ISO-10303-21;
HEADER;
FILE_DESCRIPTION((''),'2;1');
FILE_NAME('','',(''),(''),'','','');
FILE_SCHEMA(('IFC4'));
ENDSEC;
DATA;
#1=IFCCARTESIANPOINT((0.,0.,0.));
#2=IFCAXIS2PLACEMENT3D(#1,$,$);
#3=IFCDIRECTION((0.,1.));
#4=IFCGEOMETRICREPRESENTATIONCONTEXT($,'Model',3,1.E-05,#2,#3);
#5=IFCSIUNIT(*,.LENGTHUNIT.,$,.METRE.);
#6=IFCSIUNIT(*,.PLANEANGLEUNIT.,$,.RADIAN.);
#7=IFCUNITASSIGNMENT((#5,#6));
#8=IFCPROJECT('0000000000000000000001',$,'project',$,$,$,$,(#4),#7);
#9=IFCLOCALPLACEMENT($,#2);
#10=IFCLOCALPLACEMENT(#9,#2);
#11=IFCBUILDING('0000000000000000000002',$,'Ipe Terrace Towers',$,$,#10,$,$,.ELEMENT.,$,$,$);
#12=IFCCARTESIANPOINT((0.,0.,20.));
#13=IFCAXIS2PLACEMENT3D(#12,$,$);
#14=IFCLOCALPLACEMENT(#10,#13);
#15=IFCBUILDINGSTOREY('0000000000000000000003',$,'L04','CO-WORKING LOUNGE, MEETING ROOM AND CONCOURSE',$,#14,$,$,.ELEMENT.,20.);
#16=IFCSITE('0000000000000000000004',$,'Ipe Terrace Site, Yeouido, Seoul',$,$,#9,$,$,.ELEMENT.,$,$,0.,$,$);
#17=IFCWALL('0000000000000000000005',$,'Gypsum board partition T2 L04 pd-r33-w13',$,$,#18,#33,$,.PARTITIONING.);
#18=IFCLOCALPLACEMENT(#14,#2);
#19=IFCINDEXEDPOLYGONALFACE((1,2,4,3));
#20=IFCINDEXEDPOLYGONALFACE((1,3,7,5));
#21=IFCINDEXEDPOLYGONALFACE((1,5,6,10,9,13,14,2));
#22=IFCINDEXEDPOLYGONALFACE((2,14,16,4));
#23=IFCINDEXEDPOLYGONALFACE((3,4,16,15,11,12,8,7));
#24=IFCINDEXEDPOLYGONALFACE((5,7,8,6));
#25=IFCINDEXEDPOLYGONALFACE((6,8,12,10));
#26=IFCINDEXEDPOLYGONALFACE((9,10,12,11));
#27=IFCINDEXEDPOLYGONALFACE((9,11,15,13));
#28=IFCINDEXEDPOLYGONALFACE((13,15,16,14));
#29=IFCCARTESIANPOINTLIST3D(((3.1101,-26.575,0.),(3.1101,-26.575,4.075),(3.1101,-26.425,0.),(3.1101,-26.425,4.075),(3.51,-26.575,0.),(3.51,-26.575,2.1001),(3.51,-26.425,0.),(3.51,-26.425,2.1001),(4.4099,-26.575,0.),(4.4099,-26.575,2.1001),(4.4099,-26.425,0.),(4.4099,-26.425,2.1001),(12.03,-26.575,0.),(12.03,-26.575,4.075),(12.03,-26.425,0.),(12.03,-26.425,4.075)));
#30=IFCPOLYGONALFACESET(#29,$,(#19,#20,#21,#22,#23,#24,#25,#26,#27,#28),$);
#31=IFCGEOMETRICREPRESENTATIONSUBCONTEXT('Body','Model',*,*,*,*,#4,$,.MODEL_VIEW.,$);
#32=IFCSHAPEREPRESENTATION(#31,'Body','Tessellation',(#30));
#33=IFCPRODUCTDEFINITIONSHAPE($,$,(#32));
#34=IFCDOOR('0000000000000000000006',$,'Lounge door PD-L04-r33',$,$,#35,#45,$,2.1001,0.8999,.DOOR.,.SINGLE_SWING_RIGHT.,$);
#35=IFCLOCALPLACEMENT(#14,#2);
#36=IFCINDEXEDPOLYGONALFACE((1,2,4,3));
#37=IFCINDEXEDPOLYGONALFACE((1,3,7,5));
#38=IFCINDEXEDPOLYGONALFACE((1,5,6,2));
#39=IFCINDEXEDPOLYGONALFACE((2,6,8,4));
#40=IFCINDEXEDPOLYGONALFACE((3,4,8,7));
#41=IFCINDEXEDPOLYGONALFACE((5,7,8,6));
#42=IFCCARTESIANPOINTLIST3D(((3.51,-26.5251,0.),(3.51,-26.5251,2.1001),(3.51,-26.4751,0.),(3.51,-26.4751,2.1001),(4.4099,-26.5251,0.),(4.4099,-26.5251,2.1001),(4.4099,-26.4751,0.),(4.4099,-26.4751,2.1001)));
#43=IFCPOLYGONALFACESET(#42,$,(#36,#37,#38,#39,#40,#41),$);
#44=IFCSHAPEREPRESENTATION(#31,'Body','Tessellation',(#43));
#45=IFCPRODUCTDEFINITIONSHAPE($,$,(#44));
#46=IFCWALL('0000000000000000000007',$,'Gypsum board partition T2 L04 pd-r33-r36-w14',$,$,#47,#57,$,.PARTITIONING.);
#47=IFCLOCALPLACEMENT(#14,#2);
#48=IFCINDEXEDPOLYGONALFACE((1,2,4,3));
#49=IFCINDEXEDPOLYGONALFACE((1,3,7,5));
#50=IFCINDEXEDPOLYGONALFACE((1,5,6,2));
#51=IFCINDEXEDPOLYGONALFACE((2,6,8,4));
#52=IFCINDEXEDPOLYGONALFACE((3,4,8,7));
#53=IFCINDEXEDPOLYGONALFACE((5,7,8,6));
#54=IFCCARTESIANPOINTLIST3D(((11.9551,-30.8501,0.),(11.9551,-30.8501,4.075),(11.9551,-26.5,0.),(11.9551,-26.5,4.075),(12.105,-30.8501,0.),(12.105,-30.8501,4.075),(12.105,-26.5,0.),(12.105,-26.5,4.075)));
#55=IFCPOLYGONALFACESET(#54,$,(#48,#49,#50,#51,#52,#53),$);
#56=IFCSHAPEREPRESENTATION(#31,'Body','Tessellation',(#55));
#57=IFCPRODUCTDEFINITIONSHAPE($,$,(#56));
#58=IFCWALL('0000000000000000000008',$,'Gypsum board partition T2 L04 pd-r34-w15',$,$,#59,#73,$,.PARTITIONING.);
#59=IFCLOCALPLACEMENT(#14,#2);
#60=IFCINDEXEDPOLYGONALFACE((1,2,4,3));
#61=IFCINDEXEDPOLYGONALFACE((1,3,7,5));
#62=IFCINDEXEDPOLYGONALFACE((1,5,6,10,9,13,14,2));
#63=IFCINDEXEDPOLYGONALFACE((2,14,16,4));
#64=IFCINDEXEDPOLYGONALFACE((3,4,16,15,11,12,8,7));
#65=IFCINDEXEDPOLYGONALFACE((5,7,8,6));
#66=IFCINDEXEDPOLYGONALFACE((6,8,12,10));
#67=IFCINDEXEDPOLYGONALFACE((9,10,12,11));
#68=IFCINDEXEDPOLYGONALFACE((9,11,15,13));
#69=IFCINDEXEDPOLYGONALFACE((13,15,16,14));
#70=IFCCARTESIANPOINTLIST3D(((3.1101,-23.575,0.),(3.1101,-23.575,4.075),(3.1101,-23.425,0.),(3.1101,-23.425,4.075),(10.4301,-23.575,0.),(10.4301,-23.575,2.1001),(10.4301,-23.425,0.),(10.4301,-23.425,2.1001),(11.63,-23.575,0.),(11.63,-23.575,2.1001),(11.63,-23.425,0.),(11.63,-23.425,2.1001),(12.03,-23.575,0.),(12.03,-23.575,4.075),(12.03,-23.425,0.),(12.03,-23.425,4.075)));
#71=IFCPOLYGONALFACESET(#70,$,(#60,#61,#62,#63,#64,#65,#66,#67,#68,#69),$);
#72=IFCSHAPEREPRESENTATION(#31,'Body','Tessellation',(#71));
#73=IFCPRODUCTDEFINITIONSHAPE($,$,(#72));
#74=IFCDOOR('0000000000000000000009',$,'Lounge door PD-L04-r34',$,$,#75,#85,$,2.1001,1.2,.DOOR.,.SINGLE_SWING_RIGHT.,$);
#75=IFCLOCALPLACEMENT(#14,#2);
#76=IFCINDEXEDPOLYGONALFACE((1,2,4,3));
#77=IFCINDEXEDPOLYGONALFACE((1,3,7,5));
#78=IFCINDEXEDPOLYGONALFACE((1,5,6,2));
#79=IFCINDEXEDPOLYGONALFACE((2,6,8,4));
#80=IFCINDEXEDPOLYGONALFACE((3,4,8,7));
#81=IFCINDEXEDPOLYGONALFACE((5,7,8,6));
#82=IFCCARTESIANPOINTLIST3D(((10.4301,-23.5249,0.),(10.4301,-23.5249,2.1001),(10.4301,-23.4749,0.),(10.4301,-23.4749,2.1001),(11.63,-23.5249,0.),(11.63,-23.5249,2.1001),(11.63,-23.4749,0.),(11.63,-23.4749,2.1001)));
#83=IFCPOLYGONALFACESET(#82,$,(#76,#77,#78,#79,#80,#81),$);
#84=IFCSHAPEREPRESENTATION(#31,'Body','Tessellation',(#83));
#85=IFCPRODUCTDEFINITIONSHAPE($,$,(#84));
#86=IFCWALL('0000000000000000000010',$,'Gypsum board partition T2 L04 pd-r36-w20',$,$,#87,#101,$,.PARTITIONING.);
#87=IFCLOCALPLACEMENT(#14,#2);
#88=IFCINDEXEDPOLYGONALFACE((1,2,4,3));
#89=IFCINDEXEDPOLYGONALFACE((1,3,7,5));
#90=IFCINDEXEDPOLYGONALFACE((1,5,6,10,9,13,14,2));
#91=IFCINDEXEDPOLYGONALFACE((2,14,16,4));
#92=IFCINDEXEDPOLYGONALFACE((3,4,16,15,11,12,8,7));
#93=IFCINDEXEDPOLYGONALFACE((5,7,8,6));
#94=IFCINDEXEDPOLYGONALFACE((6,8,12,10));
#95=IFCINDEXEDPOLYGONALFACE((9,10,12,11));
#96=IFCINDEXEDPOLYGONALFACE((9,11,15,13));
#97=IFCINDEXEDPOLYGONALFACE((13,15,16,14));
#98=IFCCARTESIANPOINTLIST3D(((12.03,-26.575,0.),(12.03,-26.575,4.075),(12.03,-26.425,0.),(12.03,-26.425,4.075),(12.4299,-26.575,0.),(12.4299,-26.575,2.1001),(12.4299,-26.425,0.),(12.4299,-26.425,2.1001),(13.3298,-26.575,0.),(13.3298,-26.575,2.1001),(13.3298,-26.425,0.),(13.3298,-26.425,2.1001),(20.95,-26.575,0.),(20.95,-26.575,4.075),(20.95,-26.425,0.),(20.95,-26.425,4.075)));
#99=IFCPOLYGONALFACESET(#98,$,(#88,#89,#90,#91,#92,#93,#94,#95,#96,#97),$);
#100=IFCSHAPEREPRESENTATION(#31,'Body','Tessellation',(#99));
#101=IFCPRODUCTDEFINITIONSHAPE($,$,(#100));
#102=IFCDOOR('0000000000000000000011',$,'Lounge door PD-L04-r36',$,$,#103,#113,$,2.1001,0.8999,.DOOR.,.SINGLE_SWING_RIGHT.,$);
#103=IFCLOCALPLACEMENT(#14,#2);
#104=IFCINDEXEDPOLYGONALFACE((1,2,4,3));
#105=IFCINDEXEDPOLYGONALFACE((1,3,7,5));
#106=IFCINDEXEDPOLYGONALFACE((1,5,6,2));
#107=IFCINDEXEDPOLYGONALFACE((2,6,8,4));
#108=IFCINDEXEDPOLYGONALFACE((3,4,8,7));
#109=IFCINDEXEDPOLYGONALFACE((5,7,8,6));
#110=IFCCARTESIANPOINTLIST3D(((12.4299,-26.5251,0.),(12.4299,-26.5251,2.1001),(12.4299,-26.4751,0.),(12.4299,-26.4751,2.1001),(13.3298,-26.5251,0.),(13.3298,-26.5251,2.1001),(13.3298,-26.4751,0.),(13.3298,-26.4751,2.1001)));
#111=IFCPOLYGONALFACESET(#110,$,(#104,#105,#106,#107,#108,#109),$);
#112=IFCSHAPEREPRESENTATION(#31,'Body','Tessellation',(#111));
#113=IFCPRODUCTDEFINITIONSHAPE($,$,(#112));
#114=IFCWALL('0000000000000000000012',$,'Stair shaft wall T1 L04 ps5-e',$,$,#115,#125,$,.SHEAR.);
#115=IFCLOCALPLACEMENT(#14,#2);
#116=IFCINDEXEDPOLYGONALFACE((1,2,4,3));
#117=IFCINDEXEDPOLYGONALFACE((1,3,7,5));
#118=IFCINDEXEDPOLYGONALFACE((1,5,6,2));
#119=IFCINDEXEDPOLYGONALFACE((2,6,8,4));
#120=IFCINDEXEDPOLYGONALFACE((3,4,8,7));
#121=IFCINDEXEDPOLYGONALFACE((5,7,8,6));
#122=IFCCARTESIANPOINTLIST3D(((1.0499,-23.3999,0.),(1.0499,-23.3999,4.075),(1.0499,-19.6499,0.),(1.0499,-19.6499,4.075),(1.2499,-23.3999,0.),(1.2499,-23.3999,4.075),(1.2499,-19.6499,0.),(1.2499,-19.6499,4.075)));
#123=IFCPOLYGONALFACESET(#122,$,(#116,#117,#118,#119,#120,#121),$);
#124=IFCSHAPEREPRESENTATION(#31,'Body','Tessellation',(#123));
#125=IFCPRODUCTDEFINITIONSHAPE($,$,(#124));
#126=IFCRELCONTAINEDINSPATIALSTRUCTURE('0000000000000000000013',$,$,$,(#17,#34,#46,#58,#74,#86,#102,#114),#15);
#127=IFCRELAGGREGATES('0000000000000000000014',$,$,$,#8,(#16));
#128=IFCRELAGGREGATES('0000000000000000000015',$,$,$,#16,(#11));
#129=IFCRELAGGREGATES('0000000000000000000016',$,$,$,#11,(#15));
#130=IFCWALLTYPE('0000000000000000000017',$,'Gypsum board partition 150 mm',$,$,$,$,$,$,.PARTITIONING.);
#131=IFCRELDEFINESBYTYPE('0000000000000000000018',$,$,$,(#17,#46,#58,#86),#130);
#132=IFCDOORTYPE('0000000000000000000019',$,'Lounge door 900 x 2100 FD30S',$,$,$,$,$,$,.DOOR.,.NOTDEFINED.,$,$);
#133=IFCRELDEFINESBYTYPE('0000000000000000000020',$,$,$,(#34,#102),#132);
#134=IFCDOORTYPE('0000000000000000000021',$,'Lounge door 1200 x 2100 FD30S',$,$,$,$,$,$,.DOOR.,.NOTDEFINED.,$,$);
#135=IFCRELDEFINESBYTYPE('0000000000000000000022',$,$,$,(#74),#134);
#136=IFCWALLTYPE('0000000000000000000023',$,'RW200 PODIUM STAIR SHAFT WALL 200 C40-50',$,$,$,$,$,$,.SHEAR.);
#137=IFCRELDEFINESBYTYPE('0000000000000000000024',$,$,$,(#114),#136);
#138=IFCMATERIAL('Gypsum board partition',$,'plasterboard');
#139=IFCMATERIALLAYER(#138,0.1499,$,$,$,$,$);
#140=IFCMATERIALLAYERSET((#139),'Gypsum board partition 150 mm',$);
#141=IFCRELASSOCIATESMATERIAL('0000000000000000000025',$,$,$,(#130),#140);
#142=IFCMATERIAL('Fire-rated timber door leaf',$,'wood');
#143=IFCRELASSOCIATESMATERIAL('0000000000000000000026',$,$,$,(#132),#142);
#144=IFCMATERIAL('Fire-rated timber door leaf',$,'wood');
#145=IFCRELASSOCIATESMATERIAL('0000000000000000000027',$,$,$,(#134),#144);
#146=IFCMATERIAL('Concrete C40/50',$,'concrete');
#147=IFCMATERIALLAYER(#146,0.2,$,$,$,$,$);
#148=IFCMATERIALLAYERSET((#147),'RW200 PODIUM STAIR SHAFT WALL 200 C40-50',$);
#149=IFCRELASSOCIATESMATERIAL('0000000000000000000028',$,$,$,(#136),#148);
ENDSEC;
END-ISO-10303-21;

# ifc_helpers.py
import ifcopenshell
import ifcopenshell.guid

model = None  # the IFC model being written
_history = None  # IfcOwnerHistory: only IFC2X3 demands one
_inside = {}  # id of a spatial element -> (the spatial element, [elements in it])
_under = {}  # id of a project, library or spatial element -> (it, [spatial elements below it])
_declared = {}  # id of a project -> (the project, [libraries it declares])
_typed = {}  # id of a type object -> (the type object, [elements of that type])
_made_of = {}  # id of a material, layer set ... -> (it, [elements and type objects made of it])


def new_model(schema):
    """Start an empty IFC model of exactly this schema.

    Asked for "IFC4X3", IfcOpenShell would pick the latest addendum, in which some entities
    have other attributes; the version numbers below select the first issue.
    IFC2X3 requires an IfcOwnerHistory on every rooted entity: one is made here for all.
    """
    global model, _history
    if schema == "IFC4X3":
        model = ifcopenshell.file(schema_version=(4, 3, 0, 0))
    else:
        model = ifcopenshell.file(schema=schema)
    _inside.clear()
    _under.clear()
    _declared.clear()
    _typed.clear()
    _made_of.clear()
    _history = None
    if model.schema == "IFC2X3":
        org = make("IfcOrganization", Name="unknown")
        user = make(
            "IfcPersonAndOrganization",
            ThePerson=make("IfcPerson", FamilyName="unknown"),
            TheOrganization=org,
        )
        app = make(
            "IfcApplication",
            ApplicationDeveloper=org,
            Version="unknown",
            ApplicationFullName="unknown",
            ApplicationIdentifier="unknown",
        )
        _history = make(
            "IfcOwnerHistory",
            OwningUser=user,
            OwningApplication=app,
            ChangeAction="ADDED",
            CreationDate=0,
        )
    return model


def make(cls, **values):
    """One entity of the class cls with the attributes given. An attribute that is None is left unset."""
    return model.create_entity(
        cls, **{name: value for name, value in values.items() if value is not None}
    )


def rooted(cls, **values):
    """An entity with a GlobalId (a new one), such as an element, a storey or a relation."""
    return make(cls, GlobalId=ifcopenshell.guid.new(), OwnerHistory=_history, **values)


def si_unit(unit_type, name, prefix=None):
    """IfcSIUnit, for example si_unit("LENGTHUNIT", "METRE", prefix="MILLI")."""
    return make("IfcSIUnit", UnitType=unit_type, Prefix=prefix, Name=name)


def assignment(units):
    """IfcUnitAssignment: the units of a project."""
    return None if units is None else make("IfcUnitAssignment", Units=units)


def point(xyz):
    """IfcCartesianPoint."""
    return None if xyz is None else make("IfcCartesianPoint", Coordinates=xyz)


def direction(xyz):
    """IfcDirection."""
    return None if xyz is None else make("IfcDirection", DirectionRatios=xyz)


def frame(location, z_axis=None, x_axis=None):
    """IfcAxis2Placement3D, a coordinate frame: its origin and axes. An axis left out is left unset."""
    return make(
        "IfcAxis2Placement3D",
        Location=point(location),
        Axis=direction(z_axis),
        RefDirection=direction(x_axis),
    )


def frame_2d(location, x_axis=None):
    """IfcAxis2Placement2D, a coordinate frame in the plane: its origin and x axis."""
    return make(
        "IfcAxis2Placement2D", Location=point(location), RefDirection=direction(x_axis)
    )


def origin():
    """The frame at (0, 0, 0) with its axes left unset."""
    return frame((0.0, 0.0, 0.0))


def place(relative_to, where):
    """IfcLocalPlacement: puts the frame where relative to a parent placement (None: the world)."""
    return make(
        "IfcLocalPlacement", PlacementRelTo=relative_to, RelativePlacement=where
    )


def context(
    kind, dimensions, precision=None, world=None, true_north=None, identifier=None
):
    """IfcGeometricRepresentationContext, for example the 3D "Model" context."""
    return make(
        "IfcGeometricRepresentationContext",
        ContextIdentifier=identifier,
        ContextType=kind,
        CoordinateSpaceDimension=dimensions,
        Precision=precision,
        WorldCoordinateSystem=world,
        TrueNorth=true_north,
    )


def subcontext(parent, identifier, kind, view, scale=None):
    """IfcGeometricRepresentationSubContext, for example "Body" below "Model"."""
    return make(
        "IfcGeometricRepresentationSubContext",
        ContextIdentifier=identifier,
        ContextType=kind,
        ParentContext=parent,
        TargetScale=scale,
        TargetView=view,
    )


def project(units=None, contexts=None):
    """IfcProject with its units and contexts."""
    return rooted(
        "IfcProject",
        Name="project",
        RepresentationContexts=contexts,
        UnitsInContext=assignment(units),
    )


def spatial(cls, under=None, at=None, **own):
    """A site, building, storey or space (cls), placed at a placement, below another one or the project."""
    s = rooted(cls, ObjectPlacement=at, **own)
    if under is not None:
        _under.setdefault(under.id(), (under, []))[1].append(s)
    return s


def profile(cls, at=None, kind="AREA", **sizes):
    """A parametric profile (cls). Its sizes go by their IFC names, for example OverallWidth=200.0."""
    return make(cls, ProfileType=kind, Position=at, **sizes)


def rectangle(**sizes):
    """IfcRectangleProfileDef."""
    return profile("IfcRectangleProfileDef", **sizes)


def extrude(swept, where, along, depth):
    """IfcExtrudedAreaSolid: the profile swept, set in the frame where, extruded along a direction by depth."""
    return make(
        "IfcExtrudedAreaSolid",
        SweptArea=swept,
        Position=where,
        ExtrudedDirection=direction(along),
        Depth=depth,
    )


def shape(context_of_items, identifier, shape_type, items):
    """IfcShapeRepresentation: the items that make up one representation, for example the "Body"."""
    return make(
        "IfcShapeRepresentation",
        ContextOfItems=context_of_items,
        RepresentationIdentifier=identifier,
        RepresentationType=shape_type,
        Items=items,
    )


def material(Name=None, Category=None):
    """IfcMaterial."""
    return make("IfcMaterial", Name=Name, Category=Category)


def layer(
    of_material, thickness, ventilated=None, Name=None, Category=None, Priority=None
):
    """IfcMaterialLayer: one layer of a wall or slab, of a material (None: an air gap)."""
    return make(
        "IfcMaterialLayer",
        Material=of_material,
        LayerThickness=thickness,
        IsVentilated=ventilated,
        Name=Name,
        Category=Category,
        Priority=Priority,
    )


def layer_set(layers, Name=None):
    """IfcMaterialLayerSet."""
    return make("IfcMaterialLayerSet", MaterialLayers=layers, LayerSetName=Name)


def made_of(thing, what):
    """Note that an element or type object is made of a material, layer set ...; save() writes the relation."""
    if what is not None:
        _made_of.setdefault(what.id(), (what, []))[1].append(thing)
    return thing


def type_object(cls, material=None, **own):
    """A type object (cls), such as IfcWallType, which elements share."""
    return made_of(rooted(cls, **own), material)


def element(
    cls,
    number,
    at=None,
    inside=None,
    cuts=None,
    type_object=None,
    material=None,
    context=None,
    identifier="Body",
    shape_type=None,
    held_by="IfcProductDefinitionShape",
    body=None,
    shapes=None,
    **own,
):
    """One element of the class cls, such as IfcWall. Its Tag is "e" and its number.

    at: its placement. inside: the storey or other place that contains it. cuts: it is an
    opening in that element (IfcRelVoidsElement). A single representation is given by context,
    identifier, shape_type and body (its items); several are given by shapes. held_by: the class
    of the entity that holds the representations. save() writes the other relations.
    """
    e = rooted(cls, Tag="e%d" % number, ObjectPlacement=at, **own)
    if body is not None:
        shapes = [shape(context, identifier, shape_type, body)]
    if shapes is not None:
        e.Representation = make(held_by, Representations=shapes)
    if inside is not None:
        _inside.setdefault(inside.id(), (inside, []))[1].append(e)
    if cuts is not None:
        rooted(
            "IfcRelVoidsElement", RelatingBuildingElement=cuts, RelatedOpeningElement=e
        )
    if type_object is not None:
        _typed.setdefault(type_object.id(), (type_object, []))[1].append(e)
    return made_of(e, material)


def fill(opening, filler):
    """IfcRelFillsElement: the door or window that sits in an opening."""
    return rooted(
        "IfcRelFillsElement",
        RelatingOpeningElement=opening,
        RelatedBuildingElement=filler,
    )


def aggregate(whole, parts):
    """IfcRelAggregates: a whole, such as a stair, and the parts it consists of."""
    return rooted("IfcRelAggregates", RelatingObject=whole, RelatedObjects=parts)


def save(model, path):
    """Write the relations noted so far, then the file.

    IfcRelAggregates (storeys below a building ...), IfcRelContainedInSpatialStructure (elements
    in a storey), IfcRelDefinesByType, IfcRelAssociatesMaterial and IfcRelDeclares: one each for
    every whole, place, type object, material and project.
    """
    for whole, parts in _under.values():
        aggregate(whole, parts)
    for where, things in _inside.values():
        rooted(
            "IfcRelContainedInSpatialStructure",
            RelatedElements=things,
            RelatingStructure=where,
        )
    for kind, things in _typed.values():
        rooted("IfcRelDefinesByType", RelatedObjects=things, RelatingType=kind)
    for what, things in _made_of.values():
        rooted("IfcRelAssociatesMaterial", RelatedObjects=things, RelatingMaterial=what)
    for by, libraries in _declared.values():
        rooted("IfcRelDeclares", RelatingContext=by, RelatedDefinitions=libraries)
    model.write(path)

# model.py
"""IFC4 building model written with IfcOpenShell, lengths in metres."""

from ifc_helpers import new_model, si_unit, direction, frame, frame_2d, origin, place, context, subcontext, project, spatial, rectangle, extrude, material, layer, layer_set, type_object, element, fill, save


model = new_model("IFC4")

# Units and contexts
model_context = context("Model", 3, precision=1e-05, world=origin(), true_north=direction((0.0, 1.0)))
body_context = subcontext(model_context, "Body", "Model", "MODEL_VIEW")
ifc_project = project(units=[si_unit("LENGTHUNIT", "METRE"), si_unit("PLANEANGLEUNIT", "RADIAN")], contexts=[model_context])

# Site, building, storey
site_placement = place(None, origin())
site = spatial("IfcSite", under=ifc_project, at=site_placement, Name="Ipe Terrace Site, Yeouido, Seoul", CompositionType="ELEMENT", RefElevation=0.0)
building_placement = place(site_placement, origin())
building = spatial("IfcBuilding", under=site, at=building_placement, Name="Ipe Terrace Towers", CompositionType="ELEMENT")
storey_placement = place(building_placement, frame((0.0, 0.0, 20.0)))
storey = spatial("IfcBuildingStorey", under=building, at=storey_placement, Name="L04", Description="CO-WORKING LOUNGE, MEETING ROOM AND CONCOURSE", CompositionType="ELEMENT", Elevation=20.0)

# Shared definitions
ifc_material_1 = material(Name="Gypsum board partition", Category="plasterboard")
ifc_layer_1 = layer(ifc_material_1, 0.1499)
ifc_layer_set_1 = layer_set([ifc_layer_1], Name="Gypsum board partition 150 mm")
wall_type_1 = type_object("IfcWallType", Name="Gypsum board partition 150 mm", PredefinedType="PARTITIONING", material=ifc_layer_set_1)

# Wall, opening, door
wall_1_placement = place(storey_placement, frame((3.1101, -26.5, 0.0), z_axis=(0.0, 0.0, 1.0), x_axis=(1.0, 0.0, 0.0)))
wall_1 = element("IfcWall", 1, at=wall_1_placement, inside=storey, type_object=wall_type_1, Name="Gypsum board partition T2 L04 pd-r33-w13", PredefinedType="PARTITIONING", context=body_context, shape_type="SweptSolid", body=[
    extrude(rectangle(XDim=8.9199, YDim=0.1499, at=frame_2d((4.46, 0.0))), origin(), (0.0, 0.0, 1.0), 4.075),
])
opening_1_placement = place(wall_1_placement, frame((0.3999, 0.0, 0.0)))
opening_1 = element("IfcOpeningElement", 2, at=opening_1_placement, cuts=wall_1, PredefinedType="OPENING", context=body_context, shape_type="SweptSolid", body=[
    extrude(rectangle(XDim=0.8999, YDim=2.1001, at=frame_2d((0.45, 1.05))), frame((0.0, 0.085, 0.0), z_axis=(0.0, -1.0, 0.0), x_axis=(1.0, 0.0, 0.0)), (0.0, 0.0, 1.0), 0.1699),
])
ifc_material_2 = material(Name="Fire-rated timber door leaf", Category="wood")
door_type_1 = type_object("IfcDoorType", Name="Lounge door 900 x 2100 FD30S", OperationType="NOTDEFINED", PredefinedType="DOOR", material=ifc_material_2)
door_1_placement = place(opening_1_placement, origin())
door_1 = element("IfcDoor", 3, at=door_1_placement, inside=storey, type_object=door_type_1, Name="Lounge door PD-L04-r33", OperationType="SINGLE_SWING_RIGHT", OverallHeight=2.1001, OverallWidth=0.8999, PredefinedType="DOOR", context=body_context, shape_type="SweptSolid", body=[
    extrude(rectangle(XDim=0.8999, YDim=2.1001, at=frame_2d((0.45, 1.05))), frame((0.0, 0.0249, 0.0), z_axis=(0.0, -1.0, 0.0), x_axis=(1.0, 0.0, 0.0)), (0.0, 0.0, 1.0), 0.05),
])
fill(opening_1, door_1)

# Wall
wall_2_placement = place(storey_placement, frame((12.03, -26.5, 0.0), z_axis=(0.0, 0.0, 1.0), x_axis=(0.0, -1.0, 0.0)))
element("IfcWall", 4, at=wall_2_placement, inside=storey, type_object=wall_type_1, Name="Gypsum board partition T2 L04 pd-r33-r36-w14", PredefinedType="PARTITIONING", context=body_context, shape_type="SweptSolid", body=[
    extrude(rectangle(XDim=4.3501, YDim=0.1499, at=frame_2d((2.175, 0.0))), origin(), (0.0, 0.0, 1.0), 4.075),
])

# Walls, openings, doors
wall_3_placement = place(storey_placement, frame((12.03, -23.5, 0.0), z_axis=(0.0, 0.0, 1.0), x_axis=(-1.0, 0.0, 0.0)))
wall_3 = element("IfcWall", 5, at=wall_3_placement, inside=storey, type_object=wall_type_1, Name="Gypsum board partition T2 L04 pd-r34-w15", PredefinedType="PARTITIONING", context=body_context, shape_type="SweptSolid", body=[
    extrude(rectangle(XDim=8.9199, YDim=0.1499, at=frame_2d((4.46, 0.0))), origin(), (0.0, 0.0, 1.0), 4.075),
])
opening_2_placement = place(wall_3_placement, frame((0.3999, 0.0, 0.0)))
opening_2 = element("IfcOpeningElement", 6, at=opening_2_placement, cuts=wall_3, PredefinedType="OPENING", context=body_context, shape_type="SweptSolid", body=[
    extrude(rectangle(XDim=1.2, YDim=2.1001, at=frame_2d((0.6001, 1.05))), frame((0.0, 0.085, 0.0), z_axis=(0.0, -1.0, 0.0), x_axis=(1.0, 0.0, 0.0)), (0.0, 0.0, 1.0), 0.1699),
])
ifc_material_3 = material(Name="Fire-rated timber door leaf", Category="wood")
door_type_2 = type_object("IfcDoorType", Name="Lounge door 1200 x 2100 FD30S", OperationType="NOTDEFINED", PredefinedType="DOOR", material=ifc_material_3)
door_2_placement = place(opening_2_placement, origin())
door_2 = element("IfcDoor", 7, at=door_2_placement, inside=storey, type_object=door_type_2, Name="Lounge door PD-L04-r34", OperationType="SINGLE_SWING_RIGHT", OverallHeight=2.1001, OverallWidth=1.2, PredefinedType="DOOR", context=body_context, shape_type="SweptSolid", body=[
    extrude(rectangle(XDim=1.2, YDim=2.1001, at=frame_2d((0.6001, 1.05))), frame((0.0, 0.0249, 0.0), z_axis=(0.0, -1.0, 0.0), x_axis=(1.0, 0.0, 0.0)), (0.0, 0.0, 1.0), 0.05),
])
fill(opening_2, door_2)
wall_4_placement = place(storey_placement, frame((12.03, -26.5, 0.0), z_axis=(0.0, 0.0, 1.0), x_axis=(1.0, 0.0, 0.0)))
wall_4 = element("IfcWall", 8, at=wall_4_placement, inside=storey, type_object=wall_type_1, Name="Gypsum board partition T2 L04 pd-r36-w20", PredefinedType="PARTITIONING", context=body_context, shape_type="SweptSolid", body=[
    extrude(rectangle(XDim=8.9199, YDim=0.1499, at=frame_2d((4.46, 0.0))), origin(), (0.0, 0.0, 1.0), 4.075),
])
opening_3_placement = place(wall_4_placement, frame((0.3999, 0.0, 0.0)))
opening_3 = element("IfcOpeningElement", 9, at=opening_3_placement, cuts=wall_4, PredefinedType="OPENING", context=body_context, shape_type="SweptSolid", body=[
    extrude(rectangle(XDim=0.8999, YDim=2.1001, at=frame_2d((0.45, 1.05))), frame((0.0, 0.085, 0.0), z_axis=(0.0, -1.0, 0.0), x_axis=(1.0, 0.0, 0.0)), (0.0, 0.0, 1.0), 0.1699),
])
door_3_placement = place(opening_3_placement, origin())
door_3 = element("IfcDoor", 10, at=door_3_placement, inside=storey, type_object=door_type_1, Name="Lounge door PD-L04-r36", OperationType="SINGLE_SWING_RIGHT", OverallHeight=2.1001, OverallWidth=0.8999, PredefinedType="DOOR", context=body_context, shape_type="SweptSolid", body=[
    extrude(rectangle(XDim=0.8999, YDim=2.1001, at=frame_2d((0.45, 1.05))), frame((0.0, 0.0249, 0.0), z_axis=(0.0, -1.0, 0.0), x_axis=(1.0, 0.0, 0.0)), (0.0, 0.0, 1.0), 0.05),
])
fill(opening_3, door_3)

# Wall
ifc_material_4 = material(Name="Concrete C40/50", Category="concrete")
ifc_layer_2 = layer(ifc_material_4, 0.2)
ifc_layer_set_2 = layer_set([ifc_layer_2], Name="RW200 PODIUM STAIR SHAFT WALL 200 C40-50")
wall_type_2 = type_object("IfcWallType", Name="RW200 PODIUM STAIR SHAFT WALL 200 C40-50", PredefinedType="SHEAR", material=ifc_layer_set_2)
wall_5_placement = place(storey_placement, frame((1.1499, -23.3999, 0.0), z_axis=(0.0, 0.0, 1.0), x_axis=(0.0, 1.0, 0.0)))
element("IfcWall", 11, at=wall_5_placement, inside=storey, type_object=wall_type_2, Name="Stair shaft wall T1 L04 ps5-e", PredefinedType="SHEAR", context=body_context, shape_type="SweptSolid", body=[
    extrude(rectangle(XDim=3.75, YDim=0.2, at=frame_2d((1.875, 0.0))), origin(), (0.0, 0.0, 1.0), 4.075),
])

save(model, "model.ifc")
